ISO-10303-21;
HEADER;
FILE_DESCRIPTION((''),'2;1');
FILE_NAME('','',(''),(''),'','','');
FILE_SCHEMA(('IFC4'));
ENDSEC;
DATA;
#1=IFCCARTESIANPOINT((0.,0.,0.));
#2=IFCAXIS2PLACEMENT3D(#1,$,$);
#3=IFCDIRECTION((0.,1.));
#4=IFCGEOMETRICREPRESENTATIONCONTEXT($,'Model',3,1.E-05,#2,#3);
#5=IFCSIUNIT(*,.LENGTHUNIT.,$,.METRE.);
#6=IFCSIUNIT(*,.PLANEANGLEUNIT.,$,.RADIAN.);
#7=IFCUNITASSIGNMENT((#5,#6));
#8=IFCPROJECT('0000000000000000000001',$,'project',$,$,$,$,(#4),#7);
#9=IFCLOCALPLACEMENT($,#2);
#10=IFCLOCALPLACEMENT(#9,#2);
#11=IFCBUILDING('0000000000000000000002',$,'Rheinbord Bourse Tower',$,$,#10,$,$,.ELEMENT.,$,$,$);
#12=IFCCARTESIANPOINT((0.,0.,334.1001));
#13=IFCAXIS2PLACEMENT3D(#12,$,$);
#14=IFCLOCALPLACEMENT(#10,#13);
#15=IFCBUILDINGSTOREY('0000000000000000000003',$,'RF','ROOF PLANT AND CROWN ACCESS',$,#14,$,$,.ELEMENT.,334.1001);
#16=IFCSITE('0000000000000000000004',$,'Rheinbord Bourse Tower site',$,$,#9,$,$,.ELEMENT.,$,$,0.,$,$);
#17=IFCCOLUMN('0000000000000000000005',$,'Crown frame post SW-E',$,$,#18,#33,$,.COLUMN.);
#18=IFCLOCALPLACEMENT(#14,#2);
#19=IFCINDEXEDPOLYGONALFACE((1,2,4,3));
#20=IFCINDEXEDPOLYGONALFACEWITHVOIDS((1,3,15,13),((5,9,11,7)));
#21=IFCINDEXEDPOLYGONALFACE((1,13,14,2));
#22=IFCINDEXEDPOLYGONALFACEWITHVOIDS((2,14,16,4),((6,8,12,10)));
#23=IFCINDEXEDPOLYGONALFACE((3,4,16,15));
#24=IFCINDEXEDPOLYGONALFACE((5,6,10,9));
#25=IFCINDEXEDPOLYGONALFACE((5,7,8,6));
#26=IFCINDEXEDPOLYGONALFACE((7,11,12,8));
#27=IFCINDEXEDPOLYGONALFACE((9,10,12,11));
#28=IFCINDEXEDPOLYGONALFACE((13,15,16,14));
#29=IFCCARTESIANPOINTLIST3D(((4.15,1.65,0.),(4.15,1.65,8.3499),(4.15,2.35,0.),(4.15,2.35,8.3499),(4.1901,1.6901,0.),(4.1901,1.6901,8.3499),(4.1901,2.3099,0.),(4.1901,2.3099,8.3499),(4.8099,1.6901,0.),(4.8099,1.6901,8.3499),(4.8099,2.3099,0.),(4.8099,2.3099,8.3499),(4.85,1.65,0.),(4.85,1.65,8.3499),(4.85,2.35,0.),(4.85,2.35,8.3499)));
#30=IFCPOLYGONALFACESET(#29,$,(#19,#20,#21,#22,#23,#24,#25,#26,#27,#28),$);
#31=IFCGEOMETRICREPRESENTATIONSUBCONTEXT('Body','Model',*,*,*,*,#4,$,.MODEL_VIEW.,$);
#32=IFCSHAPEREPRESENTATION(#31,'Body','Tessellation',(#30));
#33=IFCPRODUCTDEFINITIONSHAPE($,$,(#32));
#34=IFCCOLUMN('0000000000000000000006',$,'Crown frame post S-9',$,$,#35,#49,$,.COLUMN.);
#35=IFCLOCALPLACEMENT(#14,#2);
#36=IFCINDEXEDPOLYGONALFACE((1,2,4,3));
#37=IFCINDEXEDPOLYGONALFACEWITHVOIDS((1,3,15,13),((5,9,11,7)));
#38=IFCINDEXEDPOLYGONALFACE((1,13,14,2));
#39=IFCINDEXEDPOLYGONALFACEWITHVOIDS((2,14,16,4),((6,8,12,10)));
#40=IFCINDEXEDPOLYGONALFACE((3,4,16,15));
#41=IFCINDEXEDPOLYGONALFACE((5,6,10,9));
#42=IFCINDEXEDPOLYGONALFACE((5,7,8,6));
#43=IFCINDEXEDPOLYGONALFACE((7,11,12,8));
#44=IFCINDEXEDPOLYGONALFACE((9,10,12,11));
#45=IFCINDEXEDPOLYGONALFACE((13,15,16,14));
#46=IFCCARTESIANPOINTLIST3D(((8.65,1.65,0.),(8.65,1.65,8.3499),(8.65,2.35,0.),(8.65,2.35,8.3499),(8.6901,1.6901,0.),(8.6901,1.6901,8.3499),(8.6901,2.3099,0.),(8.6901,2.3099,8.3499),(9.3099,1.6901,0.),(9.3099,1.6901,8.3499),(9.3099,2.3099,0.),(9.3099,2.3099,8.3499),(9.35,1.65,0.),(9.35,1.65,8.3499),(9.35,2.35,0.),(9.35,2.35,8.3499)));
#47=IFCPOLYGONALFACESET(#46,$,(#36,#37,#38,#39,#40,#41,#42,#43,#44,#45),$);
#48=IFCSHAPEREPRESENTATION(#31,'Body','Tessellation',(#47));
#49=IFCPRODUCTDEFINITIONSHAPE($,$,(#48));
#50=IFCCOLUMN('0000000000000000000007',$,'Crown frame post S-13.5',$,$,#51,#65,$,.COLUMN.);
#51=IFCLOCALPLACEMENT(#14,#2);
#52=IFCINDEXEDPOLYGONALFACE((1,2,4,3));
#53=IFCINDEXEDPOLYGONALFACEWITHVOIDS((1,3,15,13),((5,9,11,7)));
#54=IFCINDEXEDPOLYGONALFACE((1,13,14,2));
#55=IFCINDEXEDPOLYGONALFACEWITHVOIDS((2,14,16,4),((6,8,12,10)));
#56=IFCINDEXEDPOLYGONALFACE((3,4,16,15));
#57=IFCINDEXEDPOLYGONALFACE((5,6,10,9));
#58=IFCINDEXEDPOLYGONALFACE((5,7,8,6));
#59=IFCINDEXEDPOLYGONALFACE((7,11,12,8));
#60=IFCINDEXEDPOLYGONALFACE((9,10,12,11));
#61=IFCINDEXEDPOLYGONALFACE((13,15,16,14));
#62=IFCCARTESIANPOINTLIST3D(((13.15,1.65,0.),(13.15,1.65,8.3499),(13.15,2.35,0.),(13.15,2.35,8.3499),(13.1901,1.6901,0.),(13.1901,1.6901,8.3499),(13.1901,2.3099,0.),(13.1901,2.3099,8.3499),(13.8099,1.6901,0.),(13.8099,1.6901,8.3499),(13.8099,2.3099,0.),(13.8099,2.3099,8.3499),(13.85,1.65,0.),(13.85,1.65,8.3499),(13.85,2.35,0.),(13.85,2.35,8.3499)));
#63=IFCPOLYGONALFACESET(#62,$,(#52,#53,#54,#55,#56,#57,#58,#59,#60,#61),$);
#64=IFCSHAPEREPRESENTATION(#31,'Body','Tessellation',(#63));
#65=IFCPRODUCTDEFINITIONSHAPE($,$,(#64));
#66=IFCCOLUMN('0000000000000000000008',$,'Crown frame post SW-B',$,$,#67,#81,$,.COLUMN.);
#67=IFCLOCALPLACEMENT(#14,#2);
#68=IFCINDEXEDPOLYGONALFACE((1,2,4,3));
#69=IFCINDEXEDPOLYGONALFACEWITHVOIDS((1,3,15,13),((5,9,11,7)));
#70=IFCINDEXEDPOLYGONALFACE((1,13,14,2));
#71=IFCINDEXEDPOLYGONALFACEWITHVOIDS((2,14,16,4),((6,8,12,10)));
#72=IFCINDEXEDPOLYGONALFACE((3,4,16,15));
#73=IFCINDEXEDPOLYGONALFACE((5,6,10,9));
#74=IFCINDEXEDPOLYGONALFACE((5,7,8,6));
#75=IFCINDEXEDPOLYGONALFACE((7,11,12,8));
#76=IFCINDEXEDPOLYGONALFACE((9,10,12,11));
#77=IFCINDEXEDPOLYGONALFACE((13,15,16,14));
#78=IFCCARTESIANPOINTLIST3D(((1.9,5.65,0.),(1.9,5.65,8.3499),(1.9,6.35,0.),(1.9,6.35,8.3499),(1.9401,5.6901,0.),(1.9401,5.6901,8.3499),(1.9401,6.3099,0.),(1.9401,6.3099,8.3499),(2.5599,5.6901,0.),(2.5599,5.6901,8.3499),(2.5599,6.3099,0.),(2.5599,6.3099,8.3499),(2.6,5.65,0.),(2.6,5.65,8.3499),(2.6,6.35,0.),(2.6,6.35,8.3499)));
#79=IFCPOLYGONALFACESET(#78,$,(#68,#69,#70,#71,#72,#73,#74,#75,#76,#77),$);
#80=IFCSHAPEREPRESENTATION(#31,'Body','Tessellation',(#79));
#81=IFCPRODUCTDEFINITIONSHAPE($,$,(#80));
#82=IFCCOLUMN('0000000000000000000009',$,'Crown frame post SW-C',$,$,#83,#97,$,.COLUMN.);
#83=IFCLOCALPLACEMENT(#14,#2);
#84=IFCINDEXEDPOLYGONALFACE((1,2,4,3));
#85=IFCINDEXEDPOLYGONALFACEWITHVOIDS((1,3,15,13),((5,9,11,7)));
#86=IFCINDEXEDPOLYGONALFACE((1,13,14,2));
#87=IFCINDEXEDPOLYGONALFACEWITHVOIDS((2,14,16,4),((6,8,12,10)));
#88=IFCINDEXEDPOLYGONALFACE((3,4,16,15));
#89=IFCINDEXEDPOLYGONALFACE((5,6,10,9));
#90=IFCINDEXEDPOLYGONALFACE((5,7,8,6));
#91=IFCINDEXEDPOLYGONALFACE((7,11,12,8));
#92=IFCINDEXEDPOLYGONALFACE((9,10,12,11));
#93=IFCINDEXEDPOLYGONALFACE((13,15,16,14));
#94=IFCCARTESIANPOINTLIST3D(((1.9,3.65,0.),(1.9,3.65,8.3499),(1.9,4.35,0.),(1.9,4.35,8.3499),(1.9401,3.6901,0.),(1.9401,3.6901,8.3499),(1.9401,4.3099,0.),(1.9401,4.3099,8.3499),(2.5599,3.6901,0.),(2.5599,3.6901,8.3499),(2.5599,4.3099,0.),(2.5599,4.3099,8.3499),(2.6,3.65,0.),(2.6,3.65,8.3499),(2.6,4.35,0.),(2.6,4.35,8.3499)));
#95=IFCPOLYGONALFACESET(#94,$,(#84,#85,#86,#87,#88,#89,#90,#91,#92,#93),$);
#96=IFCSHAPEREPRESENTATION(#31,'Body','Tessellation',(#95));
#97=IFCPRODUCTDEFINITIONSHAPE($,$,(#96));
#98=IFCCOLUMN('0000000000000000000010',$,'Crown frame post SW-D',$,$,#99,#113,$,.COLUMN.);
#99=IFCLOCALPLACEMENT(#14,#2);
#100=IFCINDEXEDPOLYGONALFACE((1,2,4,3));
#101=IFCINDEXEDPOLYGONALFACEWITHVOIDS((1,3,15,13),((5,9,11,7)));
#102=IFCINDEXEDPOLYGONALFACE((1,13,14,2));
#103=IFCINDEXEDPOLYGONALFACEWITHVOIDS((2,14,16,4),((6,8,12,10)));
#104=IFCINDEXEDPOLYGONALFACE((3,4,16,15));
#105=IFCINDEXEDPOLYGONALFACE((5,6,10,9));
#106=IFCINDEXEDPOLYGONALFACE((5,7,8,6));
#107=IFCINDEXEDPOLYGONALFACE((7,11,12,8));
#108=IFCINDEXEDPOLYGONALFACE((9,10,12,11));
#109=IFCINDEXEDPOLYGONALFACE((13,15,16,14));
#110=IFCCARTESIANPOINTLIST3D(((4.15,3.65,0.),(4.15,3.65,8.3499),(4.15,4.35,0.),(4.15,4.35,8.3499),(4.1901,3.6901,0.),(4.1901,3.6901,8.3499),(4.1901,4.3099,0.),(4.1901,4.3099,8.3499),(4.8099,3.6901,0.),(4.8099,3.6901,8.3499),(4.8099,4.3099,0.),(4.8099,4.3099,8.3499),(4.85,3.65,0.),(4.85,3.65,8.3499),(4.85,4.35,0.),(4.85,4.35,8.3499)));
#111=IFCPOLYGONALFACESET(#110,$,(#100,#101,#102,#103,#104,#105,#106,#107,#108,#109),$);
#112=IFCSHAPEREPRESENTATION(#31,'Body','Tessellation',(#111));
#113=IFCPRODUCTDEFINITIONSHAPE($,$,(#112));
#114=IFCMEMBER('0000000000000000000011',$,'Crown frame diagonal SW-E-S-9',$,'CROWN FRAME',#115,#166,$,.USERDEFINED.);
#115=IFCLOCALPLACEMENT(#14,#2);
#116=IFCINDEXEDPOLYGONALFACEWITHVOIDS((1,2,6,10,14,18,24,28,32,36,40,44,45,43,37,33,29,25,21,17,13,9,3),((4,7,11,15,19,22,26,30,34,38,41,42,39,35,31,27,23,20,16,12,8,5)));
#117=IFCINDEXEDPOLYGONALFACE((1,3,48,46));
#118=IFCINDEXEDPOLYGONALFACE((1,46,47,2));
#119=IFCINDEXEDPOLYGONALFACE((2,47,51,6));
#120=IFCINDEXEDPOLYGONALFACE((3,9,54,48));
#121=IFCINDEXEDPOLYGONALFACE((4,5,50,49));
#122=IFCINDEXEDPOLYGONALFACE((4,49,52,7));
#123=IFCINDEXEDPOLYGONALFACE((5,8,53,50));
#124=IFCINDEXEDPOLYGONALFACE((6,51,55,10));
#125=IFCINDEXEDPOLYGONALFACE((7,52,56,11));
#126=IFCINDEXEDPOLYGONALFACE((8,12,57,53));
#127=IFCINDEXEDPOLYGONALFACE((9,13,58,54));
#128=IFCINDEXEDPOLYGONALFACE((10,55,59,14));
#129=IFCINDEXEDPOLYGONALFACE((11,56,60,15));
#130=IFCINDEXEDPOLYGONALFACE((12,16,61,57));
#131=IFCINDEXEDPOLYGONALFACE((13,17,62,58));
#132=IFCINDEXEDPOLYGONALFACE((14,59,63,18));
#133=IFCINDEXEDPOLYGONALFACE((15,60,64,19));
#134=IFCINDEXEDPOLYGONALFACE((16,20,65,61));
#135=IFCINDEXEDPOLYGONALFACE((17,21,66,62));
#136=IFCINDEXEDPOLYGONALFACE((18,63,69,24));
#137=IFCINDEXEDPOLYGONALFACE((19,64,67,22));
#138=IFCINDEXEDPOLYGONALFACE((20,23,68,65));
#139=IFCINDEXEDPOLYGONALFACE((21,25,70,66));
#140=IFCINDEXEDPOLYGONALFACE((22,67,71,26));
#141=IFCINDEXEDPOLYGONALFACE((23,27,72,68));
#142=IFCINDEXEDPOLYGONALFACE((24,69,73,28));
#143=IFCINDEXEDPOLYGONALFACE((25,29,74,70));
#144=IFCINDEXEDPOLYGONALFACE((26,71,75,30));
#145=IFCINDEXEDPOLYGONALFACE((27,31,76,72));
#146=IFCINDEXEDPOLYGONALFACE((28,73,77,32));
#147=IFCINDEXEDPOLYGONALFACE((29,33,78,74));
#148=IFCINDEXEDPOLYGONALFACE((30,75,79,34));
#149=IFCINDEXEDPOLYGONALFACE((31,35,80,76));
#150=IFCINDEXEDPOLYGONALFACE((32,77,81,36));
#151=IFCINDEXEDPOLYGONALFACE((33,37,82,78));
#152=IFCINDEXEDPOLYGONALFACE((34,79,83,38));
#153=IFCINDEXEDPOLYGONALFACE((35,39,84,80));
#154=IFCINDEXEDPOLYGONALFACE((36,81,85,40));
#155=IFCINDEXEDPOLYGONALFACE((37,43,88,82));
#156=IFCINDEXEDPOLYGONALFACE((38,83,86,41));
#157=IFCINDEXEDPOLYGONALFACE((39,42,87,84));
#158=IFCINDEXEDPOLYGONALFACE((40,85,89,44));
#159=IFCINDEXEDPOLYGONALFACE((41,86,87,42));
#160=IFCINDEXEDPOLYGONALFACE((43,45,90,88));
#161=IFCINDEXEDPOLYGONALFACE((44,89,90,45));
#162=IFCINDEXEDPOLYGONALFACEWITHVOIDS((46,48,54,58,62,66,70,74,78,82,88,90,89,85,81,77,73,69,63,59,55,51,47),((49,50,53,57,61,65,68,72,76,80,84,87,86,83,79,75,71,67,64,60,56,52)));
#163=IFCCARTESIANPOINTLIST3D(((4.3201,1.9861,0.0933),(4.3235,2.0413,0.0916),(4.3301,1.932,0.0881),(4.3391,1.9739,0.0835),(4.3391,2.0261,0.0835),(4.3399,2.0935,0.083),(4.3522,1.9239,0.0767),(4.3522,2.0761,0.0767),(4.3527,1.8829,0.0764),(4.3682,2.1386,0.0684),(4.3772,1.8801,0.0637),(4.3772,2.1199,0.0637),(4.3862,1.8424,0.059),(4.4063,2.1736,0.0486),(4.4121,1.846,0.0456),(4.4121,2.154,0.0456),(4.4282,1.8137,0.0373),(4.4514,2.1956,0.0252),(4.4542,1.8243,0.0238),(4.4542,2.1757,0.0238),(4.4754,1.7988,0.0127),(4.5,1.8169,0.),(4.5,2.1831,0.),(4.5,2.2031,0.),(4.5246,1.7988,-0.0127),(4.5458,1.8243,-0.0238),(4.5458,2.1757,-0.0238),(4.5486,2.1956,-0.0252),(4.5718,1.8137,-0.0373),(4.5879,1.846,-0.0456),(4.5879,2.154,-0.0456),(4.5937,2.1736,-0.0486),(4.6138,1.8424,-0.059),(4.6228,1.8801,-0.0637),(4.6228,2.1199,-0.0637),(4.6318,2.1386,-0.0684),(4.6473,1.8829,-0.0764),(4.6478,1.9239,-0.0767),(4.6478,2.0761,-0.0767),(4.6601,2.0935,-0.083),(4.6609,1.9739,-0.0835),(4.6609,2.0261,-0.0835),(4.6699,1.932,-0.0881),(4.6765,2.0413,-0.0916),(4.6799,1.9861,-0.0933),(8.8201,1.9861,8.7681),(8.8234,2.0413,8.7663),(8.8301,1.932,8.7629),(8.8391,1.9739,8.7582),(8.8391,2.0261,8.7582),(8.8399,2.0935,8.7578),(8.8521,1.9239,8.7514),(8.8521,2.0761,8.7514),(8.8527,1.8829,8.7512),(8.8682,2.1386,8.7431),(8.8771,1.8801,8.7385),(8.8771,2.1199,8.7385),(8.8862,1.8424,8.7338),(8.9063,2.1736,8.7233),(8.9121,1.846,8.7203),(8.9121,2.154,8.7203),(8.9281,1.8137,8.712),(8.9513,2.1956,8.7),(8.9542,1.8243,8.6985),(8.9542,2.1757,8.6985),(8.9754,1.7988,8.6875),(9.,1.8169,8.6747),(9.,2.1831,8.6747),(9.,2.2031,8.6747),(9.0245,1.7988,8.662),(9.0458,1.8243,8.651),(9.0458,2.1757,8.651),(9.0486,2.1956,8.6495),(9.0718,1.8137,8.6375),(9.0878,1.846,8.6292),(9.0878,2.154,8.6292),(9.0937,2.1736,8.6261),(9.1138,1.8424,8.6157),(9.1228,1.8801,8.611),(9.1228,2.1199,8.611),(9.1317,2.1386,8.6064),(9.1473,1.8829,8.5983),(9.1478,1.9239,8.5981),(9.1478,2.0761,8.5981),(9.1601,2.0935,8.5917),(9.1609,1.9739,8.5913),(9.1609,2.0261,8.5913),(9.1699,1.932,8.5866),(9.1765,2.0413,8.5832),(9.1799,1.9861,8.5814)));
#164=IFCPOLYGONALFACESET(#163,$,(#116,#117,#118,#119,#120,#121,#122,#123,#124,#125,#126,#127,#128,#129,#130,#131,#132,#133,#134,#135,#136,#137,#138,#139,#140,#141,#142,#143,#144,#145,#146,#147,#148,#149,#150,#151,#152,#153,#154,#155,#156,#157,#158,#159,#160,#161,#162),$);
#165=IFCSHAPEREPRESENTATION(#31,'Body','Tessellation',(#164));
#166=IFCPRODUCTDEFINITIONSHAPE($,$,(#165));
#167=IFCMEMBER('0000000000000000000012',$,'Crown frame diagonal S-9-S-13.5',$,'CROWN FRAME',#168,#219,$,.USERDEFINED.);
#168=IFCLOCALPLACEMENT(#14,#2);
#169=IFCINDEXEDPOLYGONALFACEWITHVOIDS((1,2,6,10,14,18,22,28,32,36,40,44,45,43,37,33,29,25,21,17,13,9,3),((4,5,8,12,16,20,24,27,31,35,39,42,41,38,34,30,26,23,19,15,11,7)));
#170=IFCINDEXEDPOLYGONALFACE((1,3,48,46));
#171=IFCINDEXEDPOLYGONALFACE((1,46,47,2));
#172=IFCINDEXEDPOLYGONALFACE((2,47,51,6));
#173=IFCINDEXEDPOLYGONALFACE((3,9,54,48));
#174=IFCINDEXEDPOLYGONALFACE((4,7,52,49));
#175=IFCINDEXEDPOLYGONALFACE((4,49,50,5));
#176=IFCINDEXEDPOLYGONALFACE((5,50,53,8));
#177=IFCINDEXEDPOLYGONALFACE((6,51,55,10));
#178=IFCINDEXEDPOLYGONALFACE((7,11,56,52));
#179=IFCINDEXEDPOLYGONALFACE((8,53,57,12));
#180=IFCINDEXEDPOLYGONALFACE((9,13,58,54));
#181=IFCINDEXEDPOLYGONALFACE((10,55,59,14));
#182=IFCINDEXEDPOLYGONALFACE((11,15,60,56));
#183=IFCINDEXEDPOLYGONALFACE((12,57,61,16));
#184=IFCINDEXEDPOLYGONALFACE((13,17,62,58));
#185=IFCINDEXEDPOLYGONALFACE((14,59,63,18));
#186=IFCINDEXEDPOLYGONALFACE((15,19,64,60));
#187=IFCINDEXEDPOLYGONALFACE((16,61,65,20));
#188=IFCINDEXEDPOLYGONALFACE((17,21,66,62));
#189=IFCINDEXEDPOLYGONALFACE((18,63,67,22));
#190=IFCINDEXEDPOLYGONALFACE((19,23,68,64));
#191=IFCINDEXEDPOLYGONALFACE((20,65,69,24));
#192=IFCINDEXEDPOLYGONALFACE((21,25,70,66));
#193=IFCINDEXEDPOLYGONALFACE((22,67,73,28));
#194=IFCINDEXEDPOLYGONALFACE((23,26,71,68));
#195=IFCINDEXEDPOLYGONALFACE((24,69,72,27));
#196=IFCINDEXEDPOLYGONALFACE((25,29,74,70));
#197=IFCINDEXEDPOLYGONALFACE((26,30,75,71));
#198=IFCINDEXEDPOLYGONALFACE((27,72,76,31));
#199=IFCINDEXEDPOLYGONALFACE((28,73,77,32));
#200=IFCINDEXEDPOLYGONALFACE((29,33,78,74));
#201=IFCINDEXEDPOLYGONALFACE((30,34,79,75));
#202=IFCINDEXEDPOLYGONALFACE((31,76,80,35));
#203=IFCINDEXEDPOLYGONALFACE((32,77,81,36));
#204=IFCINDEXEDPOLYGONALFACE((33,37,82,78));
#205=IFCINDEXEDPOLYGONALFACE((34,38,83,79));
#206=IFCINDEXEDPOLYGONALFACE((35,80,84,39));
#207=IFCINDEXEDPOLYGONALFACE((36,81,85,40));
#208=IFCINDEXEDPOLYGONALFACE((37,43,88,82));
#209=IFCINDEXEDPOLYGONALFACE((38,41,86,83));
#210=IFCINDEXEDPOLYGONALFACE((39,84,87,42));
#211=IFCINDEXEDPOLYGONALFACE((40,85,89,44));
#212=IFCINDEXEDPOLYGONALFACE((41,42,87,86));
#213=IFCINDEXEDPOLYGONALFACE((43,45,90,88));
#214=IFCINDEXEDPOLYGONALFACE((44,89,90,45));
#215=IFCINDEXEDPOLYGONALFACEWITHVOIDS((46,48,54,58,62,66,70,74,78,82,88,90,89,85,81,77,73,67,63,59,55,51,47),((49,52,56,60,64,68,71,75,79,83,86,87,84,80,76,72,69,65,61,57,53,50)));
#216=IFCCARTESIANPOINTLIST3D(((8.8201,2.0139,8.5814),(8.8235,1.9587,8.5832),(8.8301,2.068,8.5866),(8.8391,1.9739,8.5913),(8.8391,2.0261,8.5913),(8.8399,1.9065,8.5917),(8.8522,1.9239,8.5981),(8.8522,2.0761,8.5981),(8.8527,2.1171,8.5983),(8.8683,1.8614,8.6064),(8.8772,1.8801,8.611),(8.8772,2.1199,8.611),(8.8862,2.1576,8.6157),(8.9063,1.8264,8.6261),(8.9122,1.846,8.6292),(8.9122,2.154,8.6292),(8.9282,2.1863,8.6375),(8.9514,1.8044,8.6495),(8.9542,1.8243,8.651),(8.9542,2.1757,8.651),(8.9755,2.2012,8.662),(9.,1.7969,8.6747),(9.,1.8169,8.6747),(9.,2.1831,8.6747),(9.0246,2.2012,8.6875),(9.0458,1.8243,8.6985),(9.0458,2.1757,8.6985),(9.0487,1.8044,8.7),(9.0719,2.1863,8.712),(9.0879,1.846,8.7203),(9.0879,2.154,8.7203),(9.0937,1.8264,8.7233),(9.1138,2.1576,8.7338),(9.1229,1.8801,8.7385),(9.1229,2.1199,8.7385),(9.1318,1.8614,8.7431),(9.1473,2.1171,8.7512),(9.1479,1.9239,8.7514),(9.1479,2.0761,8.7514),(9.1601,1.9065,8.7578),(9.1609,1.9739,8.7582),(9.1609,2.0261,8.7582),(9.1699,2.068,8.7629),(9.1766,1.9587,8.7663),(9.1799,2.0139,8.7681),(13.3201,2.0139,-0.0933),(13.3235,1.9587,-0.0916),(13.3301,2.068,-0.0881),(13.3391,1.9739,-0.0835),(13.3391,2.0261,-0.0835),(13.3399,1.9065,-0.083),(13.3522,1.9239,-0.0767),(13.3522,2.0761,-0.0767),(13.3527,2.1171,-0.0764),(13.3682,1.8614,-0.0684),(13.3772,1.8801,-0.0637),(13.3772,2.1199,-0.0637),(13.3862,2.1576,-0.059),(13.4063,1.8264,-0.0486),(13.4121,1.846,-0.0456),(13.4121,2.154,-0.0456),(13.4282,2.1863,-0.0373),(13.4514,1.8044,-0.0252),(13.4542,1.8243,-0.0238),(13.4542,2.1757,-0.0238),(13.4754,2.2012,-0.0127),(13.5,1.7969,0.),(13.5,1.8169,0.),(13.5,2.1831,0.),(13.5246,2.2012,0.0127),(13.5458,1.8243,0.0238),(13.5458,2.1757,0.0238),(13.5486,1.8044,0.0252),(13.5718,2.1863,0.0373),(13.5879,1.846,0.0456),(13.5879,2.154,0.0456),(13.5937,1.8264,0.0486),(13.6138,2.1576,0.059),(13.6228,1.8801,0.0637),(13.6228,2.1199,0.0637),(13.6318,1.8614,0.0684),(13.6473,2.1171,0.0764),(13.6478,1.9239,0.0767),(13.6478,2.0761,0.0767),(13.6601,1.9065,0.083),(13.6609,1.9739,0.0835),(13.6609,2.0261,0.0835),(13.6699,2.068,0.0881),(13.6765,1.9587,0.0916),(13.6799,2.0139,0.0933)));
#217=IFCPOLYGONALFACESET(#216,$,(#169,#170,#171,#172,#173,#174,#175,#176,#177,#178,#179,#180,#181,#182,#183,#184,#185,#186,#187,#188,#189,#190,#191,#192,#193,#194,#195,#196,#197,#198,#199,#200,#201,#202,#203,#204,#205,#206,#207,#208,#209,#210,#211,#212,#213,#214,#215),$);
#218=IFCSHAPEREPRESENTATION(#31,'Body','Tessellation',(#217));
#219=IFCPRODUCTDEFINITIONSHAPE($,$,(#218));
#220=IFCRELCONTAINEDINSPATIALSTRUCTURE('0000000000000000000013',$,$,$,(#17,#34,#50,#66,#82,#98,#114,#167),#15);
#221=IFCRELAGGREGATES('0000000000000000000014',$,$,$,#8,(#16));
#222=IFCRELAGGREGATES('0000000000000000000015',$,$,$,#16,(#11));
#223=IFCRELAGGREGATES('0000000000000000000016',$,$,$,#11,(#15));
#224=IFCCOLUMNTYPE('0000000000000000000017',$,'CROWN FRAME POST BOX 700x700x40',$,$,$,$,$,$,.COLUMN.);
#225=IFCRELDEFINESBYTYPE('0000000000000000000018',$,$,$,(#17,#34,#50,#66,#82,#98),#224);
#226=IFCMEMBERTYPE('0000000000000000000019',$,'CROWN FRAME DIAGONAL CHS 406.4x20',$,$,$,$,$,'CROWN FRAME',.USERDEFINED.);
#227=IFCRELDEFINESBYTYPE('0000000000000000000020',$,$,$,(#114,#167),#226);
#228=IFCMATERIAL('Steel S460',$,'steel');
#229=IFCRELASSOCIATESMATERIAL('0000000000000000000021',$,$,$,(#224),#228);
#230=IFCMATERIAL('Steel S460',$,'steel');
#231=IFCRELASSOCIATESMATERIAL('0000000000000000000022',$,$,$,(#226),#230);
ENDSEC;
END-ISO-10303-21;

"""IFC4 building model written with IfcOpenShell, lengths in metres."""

from ifc_helpers import new_model, si_unit, direction, frame, origin, origin_2d, place, context, subcontext, project, spatial, hollow_rectangle, hollow_circle, extrude, material, material_profile, profile_set, type_object, element, save


model = new_model("IFC4")

# Units and contexts
model_context = context("Model", 3, precision=1e-05, world=origin(), true_north=direction((0.0, 1.0)))
body_context = subcontext(model_context, "Body", "Model", "MODEL_VIEW")
ifc_project = project(units=[si_unit("LENGTHUNIT", "METRE"), si_unit("PLANEANGLEUNIT", "RADIAN")], contexts=[model_context])

# Site, building, storey
site_placement = place(None, origin())
site = spatial("IfcSite", under=ifc_project, at=site_placement, Name="Rheinbord Bourse Tower site", CompositionType="ELEMENT", RefElevation=0.0)
building_placement = place(site_placement, origin())
building = spatial("IfcBuilding", under=site, at=building_placement, Name="Rheinbord Bourse Tower", CompositionType="ELEMENT")
storey_placement = place(building_placement, frame((0.0, 0.0, 334.1001)))
storey = spatial("IfcBuildingStorey", under=building, at=storey_placement, Name="RF", Description="ROOF PLANT AND CROWN ACCESS", CompositionType="ELEMENT", Elevation=334.1001)

# Columns
ifc_material_1 = material(Name="Steel S460", Category="steel")
ifc_material_profile_1 = material_profile(ifc_material_1, hollow_rectangle(XDim=0.7, YDim=0.7, WallThickness=0.04, at=origin_2d()), Name="BOX 700x700x40")
ifc_profile_set_1 = profile_set([ifc_material_profile_1], Name="Steel S460")
column_type = type_object("IfcColumnType", Name="CROWN FRAME POST BOX 700x700x40", PredefinedType="COLUMN", material=ifc_profile_set_1)
for number, where, z_axis, x_axis, name in (
    (1, (4.5, 2.0, 0.0), (0.0, 0.0, 1.0), (1.0, 0.0, 0.0), "Crown frame post SW-E"),
    (2, (9.0, 2.0, 0.0), (0.0, 0.0, 1.0), (1.0, 0.0, 0.0), "Crown frame post S-9"),
    (3, (13.5, 2.0, 0.0), (0.0, 0.0, 1.0), (1.0, 0.0, 0.0), "Crown frame post S-13.5"),
    (4, (2.25, 6.0, 0.0), (0.0, 0.0, 1.0), (1.0, 0.0, 0.0), "Crown frame post SW-B"),
    (5, (2.25, 4.0, 0.0), (0.0, 0.0, 1.0), (1.0, 0.0, 0.0), "Crown frame post SW-C"),
    (6, (4.5, 4.0, 0.0), (0.0, 0.0, 1.0), (1.0, 0.0, 0.0), "Crown frame post SW-D"),
):
    element("IfcColumn", number, at=place(storey_placement, frame(where, z_axis=z_axis, x_axis=x_axis)), inside=storey, type_object=column_type, Name=name, PredefinedType="COLUMN", context=body_context, shape_type="SweptSolid", body=[
        extrude(hollow_rectangle(XDim=0.7, YDim=0.7, WallThickness=0.04, at=origin_2d()), origin(), (0.0, 0.0, 1.0), 8.3499),
    ])

# Members
ifc_material_2 = material(Name="Steel S460", Category="steel")
ifc_material_profile_2 = material_profile(ifc_material_2, hollow_circle(Radius=0.2031, WallThickness=0.02, at=origin_2d()), Name="CHS 406.4x20")
ifc_profile_set_2 = profile_set([ifc_material_profile_2], Name="Steel S460")
member_type = type_object("IfcMemberType", Name="CROWN FRAME DIAGONAL CHS 406.4x20", ElementType="CROWN FRAME", PredefinedType="USERDEFINED", material=ifc_profile_set_2)
for number, where, z_axis, x_axis, name in (
    (7, (4.5, 2.0, 0.0), (0.460475, 0.0, 0.887673), (0.0, 1.0, 0.0), "Crown frame diagonal SW-E-S-9"),
    (8, (13.5, 2.0, 0.0), (-0.460475, 0.0, 0.887673), (0.0, -1.0, 0.0), "Crown frame diagonal S-9-S-13.5"),
):
    element("IfcMember", number, at=place(storey_placement, frame(where, z_axis=z_axis, x_axis=x_axis)), inside=storey, type_object=member_type, Name=name, ObjectType="CROWN FRAME", PredefinedType="USERDEFINED", context=body_context, shape_type="SweptSolid", body=[
        extrude(hollow_circle(Radius=0.2031, WallThickness=0.02, at=origin_2d()), origin(), (0.0, 0.0, 1.0), 9.7725),
    ])

save(model, "model.ifc")
